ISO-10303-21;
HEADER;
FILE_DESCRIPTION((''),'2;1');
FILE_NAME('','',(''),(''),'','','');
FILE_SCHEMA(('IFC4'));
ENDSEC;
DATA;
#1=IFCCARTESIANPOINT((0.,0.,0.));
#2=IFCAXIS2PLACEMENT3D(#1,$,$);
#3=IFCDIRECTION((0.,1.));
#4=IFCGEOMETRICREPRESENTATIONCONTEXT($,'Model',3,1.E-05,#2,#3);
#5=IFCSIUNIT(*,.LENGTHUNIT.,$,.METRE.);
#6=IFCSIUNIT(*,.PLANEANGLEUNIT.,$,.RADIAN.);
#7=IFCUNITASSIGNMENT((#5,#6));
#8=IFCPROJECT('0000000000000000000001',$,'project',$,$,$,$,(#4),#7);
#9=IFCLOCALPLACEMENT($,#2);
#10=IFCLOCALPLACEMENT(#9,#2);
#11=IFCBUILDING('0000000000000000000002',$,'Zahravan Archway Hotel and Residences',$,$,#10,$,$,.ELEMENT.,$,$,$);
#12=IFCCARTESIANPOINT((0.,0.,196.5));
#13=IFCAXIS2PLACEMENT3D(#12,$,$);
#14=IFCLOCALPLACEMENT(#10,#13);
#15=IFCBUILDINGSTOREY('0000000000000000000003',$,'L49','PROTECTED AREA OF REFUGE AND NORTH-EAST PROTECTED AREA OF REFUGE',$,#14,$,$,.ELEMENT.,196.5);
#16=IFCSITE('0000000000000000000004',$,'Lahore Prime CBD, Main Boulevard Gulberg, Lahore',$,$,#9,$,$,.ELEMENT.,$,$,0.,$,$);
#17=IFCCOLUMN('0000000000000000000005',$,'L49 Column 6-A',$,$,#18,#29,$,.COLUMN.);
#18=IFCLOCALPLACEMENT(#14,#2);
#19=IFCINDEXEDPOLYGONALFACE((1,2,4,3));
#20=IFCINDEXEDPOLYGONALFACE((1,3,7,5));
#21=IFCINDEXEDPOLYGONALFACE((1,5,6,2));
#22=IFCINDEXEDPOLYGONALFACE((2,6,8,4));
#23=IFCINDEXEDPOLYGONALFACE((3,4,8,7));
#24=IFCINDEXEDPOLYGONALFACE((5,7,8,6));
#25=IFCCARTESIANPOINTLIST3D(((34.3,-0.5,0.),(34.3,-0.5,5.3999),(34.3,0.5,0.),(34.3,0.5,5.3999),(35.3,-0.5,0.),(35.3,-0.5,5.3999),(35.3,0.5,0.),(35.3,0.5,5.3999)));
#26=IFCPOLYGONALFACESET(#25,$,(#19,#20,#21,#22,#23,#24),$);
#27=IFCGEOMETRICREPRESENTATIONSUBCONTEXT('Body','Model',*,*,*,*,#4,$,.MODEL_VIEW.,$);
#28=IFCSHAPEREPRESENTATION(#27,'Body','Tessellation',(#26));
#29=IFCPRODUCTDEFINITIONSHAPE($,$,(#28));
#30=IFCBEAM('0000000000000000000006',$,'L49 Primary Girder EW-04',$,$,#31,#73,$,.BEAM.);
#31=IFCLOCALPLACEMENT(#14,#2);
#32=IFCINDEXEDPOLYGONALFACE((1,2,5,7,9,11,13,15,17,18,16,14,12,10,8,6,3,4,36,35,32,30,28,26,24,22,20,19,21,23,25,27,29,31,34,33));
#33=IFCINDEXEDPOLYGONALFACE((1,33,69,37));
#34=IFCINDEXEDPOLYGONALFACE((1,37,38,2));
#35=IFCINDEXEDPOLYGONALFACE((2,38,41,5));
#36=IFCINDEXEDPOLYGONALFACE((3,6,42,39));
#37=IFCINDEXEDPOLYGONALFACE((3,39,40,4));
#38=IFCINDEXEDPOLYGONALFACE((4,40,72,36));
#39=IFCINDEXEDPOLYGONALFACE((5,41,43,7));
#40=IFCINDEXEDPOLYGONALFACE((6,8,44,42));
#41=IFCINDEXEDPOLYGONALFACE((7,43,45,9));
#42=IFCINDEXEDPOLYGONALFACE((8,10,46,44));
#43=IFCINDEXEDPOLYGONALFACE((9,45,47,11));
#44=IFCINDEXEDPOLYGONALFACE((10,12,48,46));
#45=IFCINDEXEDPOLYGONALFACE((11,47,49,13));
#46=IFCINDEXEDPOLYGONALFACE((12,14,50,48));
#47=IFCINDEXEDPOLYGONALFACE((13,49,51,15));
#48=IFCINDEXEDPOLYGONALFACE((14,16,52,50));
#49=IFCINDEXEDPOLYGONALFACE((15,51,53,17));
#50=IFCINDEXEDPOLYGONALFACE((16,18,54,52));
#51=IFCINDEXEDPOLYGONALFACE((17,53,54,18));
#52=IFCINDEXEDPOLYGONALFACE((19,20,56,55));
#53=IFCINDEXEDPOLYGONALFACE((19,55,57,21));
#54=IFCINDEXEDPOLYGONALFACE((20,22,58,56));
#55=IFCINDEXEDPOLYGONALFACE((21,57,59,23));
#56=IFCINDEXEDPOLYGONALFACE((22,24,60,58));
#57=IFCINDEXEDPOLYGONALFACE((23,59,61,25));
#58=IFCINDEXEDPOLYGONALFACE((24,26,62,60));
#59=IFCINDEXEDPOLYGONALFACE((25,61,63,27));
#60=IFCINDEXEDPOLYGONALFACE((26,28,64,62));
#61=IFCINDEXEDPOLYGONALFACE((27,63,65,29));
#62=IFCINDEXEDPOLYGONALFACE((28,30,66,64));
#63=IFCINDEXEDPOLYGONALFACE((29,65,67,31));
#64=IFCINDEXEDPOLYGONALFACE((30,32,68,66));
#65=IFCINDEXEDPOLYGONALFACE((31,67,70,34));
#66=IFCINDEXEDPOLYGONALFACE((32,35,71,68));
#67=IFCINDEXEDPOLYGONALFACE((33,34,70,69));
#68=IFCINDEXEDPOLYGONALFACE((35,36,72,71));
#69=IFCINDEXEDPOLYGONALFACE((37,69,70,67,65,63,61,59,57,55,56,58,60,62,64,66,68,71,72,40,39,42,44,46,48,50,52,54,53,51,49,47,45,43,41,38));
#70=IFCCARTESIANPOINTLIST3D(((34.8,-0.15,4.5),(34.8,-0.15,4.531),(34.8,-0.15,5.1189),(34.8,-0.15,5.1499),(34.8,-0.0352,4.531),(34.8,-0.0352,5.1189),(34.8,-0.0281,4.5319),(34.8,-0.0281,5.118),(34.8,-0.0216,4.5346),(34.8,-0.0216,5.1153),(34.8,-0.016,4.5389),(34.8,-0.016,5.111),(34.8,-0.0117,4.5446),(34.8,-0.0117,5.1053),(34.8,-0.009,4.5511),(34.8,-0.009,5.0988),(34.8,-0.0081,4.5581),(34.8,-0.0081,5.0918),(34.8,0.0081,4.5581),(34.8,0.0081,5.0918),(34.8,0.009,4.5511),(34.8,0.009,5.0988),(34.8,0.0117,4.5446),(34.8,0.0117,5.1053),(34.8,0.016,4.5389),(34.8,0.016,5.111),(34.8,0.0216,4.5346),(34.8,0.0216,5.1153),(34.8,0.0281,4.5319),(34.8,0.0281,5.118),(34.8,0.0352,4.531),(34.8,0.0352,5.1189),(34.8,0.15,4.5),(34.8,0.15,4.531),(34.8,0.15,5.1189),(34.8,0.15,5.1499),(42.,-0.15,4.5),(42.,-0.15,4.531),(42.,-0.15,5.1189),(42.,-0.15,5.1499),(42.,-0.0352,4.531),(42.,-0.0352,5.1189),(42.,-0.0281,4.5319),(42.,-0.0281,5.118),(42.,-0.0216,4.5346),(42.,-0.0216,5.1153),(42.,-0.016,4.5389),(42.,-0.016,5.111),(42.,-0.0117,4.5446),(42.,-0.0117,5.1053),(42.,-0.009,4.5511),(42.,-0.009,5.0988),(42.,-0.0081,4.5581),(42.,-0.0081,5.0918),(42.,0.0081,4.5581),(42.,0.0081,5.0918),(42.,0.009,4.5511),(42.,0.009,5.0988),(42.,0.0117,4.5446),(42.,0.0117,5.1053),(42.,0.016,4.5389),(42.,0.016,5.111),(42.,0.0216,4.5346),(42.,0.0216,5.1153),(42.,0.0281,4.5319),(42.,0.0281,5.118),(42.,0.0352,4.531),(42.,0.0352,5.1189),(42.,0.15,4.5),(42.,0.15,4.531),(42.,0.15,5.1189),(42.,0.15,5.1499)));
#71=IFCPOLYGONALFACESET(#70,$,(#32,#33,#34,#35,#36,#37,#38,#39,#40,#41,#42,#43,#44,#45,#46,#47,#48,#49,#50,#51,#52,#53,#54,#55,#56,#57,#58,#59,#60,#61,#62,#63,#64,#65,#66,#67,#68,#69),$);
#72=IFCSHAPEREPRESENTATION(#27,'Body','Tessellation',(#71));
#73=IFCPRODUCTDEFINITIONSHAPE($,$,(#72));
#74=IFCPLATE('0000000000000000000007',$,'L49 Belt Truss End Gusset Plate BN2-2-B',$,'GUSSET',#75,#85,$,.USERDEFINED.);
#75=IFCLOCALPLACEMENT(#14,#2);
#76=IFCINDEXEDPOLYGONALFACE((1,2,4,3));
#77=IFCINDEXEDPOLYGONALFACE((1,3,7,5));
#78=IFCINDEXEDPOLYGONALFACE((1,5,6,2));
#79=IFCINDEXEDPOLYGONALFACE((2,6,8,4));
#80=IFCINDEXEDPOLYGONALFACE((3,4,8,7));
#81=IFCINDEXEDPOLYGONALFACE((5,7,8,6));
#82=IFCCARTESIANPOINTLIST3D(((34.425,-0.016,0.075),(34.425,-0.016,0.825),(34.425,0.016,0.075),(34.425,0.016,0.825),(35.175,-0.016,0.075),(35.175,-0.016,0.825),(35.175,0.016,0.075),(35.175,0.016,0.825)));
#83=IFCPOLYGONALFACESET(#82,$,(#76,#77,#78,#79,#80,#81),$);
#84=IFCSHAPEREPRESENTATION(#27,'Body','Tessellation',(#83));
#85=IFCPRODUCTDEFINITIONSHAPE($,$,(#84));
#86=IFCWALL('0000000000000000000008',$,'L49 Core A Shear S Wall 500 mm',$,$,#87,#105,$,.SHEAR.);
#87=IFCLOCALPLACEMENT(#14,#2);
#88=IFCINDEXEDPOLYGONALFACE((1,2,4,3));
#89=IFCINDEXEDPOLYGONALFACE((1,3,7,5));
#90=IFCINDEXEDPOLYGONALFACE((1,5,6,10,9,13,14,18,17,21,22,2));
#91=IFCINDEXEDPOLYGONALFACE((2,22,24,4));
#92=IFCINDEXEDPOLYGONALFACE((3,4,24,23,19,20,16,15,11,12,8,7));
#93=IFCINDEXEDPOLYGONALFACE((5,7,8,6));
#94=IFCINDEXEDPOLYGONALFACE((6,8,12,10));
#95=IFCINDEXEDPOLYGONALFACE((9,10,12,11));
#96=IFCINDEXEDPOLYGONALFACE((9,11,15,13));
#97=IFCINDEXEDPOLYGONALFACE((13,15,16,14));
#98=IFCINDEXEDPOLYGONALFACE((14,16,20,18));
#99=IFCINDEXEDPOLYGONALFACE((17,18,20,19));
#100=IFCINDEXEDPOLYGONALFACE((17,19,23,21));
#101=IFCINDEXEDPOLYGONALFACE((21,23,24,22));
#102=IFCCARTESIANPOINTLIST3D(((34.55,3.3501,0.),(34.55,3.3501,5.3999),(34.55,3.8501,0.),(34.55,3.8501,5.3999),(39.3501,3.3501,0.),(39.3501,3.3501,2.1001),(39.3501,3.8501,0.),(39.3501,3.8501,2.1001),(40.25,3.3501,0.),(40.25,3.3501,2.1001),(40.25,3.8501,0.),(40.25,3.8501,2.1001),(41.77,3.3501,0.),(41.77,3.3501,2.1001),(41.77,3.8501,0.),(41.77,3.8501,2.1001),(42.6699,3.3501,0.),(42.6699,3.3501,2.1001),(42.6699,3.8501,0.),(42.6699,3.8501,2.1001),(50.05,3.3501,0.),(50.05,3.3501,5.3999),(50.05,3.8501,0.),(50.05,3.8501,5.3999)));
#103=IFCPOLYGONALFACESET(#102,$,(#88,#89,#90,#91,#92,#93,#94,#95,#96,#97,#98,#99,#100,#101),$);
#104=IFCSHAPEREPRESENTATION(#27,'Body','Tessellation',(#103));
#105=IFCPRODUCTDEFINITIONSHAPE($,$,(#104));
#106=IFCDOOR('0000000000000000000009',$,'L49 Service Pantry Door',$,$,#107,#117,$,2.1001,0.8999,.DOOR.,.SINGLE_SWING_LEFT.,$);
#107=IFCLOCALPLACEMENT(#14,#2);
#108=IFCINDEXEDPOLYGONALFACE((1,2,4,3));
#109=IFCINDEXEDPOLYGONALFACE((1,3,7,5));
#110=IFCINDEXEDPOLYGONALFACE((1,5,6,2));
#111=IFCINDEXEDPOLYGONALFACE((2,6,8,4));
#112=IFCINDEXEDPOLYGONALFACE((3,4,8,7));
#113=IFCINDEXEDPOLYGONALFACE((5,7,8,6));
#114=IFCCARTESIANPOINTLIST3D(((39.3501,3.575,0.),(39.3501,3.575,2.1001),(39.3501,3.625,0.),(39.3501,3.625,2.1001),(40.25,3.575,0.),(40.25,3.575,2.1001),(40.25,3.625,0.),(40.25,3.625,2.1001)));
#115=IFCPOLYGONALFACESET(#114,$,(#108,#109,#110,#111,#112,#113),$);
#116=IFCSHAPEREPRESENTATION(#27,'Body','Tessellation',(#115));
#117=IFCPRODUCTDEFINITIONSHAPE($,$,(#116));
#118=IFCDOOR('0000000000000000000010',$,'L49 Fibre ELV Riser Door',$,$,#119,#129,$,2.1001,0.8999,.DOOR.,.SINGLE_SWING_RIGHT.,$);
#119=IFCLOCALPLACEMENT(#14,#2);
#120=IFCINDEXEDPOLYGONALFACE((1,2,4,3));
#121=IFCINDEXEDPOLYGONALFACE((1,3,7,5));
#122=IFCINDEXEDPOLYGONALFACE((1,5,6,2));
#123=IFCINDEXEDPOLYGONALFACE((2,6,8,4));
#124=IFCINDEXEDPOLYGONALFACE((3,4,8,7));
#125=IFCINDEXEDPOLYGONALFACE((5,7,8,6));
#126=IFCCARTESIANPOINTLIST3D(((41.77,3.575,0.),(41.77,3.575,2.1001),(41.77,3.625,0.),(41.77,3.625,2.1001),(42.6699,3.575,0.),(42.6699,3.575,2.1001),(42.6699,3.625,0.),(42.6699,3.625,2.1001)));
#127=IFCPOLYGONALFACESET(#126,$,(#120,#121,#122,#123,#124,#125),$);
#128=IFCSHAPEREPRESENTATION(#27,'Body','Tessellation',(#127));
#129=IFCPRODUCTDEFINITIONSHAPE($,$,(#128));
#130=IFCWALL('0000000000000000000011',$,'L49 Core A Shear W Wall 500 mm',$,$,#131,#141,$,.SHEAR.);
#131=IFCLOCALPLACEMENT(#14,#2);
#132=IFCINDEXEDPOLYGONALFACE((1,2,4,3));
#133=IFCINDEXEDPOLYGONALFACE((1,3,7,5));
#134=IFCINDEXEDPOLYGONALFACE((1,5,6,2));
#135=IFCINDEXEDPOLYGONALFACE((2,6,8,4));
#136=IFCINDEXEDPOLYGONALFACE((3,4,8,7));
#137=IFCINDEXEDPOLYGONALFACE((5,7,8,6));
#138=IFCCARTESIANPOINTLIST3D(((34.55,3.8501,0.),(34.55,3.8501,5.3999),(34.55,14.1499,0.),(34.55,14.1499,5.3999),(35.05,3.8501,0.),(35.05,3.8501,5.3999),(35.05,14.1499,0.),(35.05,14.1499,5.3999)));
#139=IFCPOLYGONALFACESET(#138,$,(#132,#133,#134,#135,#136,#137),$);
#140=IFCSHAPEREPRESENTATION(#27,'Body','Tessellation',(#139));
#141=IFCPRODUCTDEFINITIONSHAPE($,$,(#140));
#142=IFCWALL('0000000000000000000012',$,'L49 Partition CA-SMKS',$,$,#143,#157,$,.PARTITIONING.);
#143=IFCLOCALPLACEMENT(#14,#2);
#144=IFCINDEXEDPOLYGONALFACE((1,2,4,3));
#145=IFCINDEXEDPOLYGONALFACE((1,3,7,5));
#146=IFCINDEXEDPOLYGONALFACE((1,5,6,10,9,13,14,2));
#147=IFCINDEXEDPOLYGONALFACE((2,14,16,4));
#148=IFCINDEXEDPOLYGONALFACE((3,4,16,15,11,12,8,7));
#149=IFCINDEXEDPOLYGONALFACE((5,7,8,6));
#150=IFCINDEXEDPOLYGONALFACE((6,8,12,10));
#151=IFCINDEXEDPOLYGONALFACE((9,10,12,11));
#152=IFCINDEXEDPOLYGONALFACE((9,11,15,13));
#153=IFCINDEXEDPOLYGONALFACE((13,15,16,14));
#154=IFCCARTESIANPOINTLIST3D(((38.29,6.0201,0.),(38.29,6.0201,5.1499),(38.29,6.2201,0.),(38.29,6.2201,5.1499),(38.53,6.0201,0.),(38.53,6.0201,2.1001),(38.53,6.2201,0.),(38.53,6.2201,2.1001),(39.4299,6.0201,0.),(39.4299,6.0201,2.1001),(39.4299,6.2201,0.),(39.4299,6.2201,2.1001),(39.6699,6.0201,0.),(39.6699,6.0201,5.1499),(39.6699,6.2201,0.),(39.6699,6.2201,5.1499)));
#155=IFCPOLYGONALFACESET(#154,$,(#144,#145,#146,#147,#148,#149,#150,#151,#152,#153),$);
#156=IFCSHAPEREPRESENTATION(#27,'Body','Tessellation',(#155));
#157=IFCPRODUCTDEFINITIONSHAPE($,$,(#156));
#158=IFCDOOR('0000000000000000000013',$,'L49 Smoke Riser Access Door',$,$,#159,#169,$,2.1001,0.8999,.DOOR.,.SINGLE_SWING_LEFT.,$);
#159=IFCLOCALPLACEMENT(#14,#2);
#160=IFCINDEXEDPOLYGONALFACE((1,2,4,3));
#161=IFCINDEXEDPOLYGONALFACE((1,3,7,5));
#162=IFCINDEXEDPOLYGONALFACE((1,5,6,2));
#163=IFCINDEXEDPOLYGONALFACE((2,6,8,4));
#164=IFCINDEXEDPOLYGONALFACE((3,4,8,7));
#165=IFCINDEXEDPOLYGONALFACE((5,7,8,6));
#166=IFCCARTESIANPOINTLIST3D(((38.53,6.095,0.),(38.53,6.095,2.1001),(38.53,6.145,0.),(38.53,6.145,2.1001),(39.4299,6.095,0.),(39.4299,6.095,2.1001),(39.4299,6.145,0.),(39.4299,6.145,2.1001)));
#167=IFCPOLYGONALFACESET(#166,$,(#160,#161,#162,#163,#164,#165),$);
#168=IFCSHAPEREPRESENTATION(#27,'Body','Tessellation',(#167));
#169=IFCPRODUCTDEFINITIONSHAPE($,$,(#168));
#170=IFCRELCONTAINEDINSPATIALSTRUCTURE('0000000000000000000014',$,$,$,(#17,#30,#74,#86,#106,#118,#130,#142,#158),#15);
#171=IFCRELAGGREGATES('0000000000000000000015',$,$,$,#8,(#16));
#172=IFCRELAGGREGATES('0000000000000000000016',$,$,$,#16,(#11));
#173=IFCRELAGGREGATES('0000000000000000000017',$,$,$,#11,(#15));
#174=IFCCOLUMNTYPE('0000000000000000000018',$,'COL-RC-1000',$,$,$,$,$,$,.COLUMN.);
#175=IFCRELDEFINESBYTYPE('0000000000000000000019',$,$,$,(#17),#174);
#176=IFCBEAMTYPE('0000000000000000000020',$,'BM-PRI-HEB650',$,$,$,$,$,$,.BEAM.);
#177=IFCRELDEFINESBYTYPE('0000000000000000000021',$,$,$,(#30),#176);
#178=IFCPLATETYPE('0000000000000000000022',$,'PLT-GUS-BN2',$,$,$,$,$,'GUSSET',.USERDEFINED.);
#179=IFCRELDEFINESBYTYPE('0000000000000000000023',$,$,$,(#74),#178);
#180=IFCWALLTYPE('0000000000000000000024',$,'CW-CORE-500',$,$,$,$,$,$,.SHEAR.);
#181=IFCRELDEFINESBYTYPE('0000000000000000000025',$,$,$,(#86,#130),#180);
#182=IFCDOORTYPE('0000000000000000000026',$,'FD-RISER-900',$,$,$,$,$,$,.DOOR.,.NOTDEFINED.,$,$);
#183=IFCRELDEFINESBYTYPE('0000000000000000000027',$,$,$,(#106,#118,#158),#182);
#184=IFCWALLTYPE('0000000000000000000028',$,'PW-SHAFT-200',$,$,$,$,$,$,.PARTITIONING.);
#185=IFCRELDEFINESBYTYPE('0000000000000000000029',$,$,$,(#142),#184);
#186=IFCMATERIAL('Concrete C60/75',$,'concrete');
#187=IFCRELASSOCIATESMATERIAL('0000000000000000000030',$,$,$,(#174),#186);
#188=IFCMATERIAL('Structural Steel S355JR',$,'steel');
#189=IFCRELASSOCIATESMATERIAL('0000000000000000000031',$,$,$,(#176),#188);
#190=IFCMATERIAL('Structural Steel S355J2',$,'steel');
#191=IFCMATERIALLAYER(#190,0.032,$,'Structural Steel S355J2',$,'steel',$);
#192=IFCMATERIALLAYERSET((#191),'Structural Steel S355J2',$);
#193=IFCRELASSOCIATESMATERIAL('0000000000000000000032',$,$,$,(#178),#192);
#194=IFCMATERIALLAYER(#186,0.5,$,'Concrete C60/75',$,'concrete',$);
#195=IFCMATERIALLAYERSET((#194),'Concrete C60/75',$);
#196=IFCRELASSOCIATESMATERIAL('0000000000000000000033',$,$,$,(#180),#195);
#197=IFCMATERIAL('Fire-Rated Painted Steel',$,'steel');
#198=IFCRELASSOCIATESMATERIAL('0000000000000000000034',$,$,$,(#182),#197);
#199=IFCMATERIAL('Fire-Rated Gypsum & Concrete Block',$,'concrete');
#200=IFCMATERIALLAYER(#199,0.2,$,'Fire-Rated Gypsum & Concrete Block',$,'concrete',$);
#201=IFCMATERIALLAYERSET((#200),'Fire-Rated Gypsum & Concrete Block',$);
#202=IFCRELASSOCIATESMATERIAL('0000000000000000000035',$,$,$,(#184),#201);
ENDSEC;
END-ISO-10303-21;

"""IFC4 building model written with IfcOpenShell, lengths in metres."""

from ifc_helpers import new_model, si_unit, direction, frame, frame_2d, origin, origin_2d, place, context, subcontext, project, spatial, rectangle, i_section, extrude, source, transform, mapped, material, layer, layer_set, material_profile, profile_set, type_object, type_shapes, element, fill, save


model = new_model("IFC4")

# Units and contexts
model_context = context("Model", 3, precision=1e-05, world=origin(), true_north=direction((0.0, 1.0)))
body_context = subcontext(model_context, "Body", "Model", "MODEL_VIEW")
ifc_project = project(units=[si_unit("LENGTHUNIT", "METRE"), si_unit("PLANEANGLEUNIT", "RADIAN")], contexts=[model_context])

# Site, building, storey
site_placement = place(None, origin())
site = spatial("IfcSite", under=ifc_project, at=site_placement, Name="Lahore Prime CBD, Main Boulevard Gulberg, Lahore", CompositionType="ELEMENT", RefElevation=0.0)
building_placement = place(site_placement, origin())
building = spatial("IfcBuilding", under=site, at=building_placement, Name="Zahravan Archway Hotel and Residences", CompositionType="ELEMENT")
storey_placement = place(building_placement, frame((0.0, 0.0, 196.5)))
storey = spatial("IfcBuildingStorey", under=building, at=storey_placement, Name="L49", Description="PROTECTED AREA OF REFUGE AND NORTH-EAST PROTECTED AREA OF REFUGE", CompositionType="ELEMENT", Elevation=196.5)

# Column
ifc_material_1 = material(Name="Concrete C60/75", Category="concrete")
ifc_material_profile_1 = material_profile(ifc_material_1, rectangle(XDim=1.0, YDim=1.0, at=origin_2d()), Name="RC-COL-1000x1000", Category="concrete")
ifc_profile_set_1 = profile_set([ifc_material_profile_1], Name="Concrete C60/75")
column_type = type_object("IfcColumnType", Name="COL-RC-1000", PredefinedType="COLUMN", material=ifc_profile_set_1)
shared_shape_1 = source(origin(), body_context, "Body", "SweptSolid", [
    extrude(rectangle(XDim=1.0, YDim=1.0, at=origin_2d()), origin(), (0.0, 0.0, 1.0), 5.3999),
])
column_placement = place(storey_placement, frame((34.8, 0.0, 0.0), z_axis=(0.0, 0.0, 1.0), x_axis=(1.0, 0.0, 0.0)))
element("IfcColumn", 1, at=column_placement, inside=storey, type_object=column_type, Name="L49 Column 6-A", PredefinedType="COLUMN", context=body_context, shape_type="MappedRepresentation", body=[
    mapped(shared_shape_1, transform((0.0, 0.0, 0.0), scale=1.0)),
])

# Beam
ifc_material_2 = material(Name="Structural Steel S355JR", Category="steel")
ifc_material_profile_2 = material_profile(ifc_material_2, i_section(OverallWidth=0.3, OverallDepth=0.6499, WebThickness=0.0161, FlangeThickness=0.031, FilletRadius=0.0271, at=origin_2d()), Name="HEB 650", Category="steel")
ifc_profile_set_2 = profile_set([ifc_material_profile_2], Name="Structural Steel S355JR")
beam_type = type_object("IfcBeamType", Name="BM-PRI-HEB650", PredefinedType="BEAM", material=ifc_profile_set_2)
shared_shape_2 = source(origin(), body_context, "Body", "SweptSolid", [
    extrude(i_section(OverallWidth=0.3, OverallDepth=0.6499, WebThickness=0.0161, FlangeThickness=0.031, FilletRadius=0.0271, at=origin_2d()), origin(), (0.0, 0.0, 1.0), 7.2),
])
beam_placement = place(storey_placement, frame((34.8, 0.0, 4.825), z_axis=(1.0, 0.0, 0.0), x_axis=(0.0, 1.0, 0.0)))
element("IfcBeam", 2, at=beam_placement, inside=storey, type_object=beam_type, Name="L49 Primary Girder EW-04", PredefinedType="BEAM", context=body_context, shape_type="MappedRepresentation", body=[
    mapped(shared_shape_2, transform((0.0, 0.0, 0.0), scale=1.0)),
])

# Plate
ifc_material_3 = material(Name="Structural Steel S355J2", Category="steel")
ifc_layer_1 = layer(ifc_material_3, 0.032, Name="Structural Steel S355J2", Category="steel")
ifc_layer_set_1 = layer_set([ifc_layer_1], Name="Structural Steel S355J2")
plate_type = type_object("IfcPlateType", Name="PLT-GUS-BN2", ElementType="GUSSET", PredefinedType="USERDEFINED", material=ifc_layer_set_1)
shared_shape_3 = source(origin(), body_context, "Body", "SweptSolid", [
    extrude(rectangle(XDim=0.75, YDim=0.032, at=origin_2d()), origin(), (0.0, 0.0, 1.0), 0.75),
])
type_shapes(plate_type, [shared_shape_3])
plate_placement = place(storey_placement, frame((34.8, 0.0, 0.075), z_axis=(0.0, 0.0, 1.0), x_axis=(1.0, 0.0, 0.0)))
element("IfcPlate", 3, at=plate_placement, inside=storey, type_object=plate_type, Name="L49 Belt Truss End Gusset Plate BN2-2-B", ObjectType="GUSSET", PredefinedType="USERDEFINED", context=body_context, shape_type="MappedRepresentation", body=[
    mapped(shared_shape_3, transform((0.0, 0.0, 0.0), scale=1.0)),
])

# Wall, openings, doors
ifc_layer_2 = layer(ifc_material_1, 0.5, Name="Concrete C60/75", Category="concrete")
ifc_layer_set_2 = layer_set([ifc_layer_2], Name="Concrete C60/75")
wall_type_1 = type_object("IfcWallType", Name="CW-CORE-500", PredefinedType="SHEAR", material=ifc_layer_set_2)
wall_1_placement = place(storey_placement, frame((34.55, 3.6001, 0.0), z_axis=(0.0, 0.0, 1.0), x_axis=(1.0, 0.0, 0.0)))
wall_1 = element("IfcWall", 4, at=wall_1_placement, inside=storey, type_object=wall_type_1, Name="L49 Core A Shear S Wall 500 mm", PredefinedType="SHEAR", context=body_context, shape_type="SweptSolid", body=[
    extrude(rectangle(XDim=15.5, YDim=0.5, at=frame_2d((7.75, 0.0))), origin(), (0.0, 0.0, 1.0), 5.3999),
])
opening_1_placement = place(wall_1_placement, frame((4.8, 0.0, 0.0)))
opening_1 = element("IfcOpeningElement", 5, at=opening_1_placement, cuts=wall_1, PredefinedType="OPENING", context=body_context, shape_type="SweptSolid", body=[
    extrude(rectangle(XDim=0.8999, YDim=2.1001, at=frame_2d((0.45, 1.05))), frame((0.0, 0.26, 0.0), z_axis=(0.0, -1.0, 0.0), x_axis=(1.0, 0.0, 0.0)), (0.0, 0.0, 1.0), 0.52),
])
opening_2_placement = place(wall_1_placement, frame((7.22, 0.0, 0.0)))
opening_2 = element("IfcOpeningElement", 6, at=opening_2_placement, cuts=wall_1, PredefinedType="OPENING", context=body_context, shape_type="SweptSolid", body=[
    extrude(rectangle(XDim=0.8999, YDim=2.1001, at=frame_2d((0.45, 1.05))), frame((0.0, 0.26, 0.0), z_axis=(0.0, -1.0, 0.0), x_axis=(1.0, 0.0, 0.0)), (0.0, 0.0, 1.0), 0.52),
])
ifc_material_4 = material(Name="Fire-Rated Painted Steel", Category="steel")
door_type = type_object("IfcDoorType", Name="FD-RISER-900", OperationType="NOTDEFINED", PredefinedType="DOOR", material=ifc_material_4)
shared_shape_4 = source(origin(), body_context, "Body", "SweptSolid", [
    extrude(rectangle(XDim=0.8999, YDim=2.1001, at=frame_2d((0.45, 1.05))), frame((0.0, 0.0249, 0.0), z_axis=(0.0, -1.0, 0.0), x_axis=(1.0, 0.0, 0.0)), (0.0, 0.0, 1.0), 0.05),
])
type_shapes(door_type, [shared_shape_4])
door_1_placement = place(opening_1_placement, origin())
door_1 = element("IfcDoor", 7, at=door_1_placement, inside=storey, type_object=door_type, Name="L49 Service Pantry Door", OperationType="SINGLE_SWING_LEFT", OverallHeight=2.1001, OverallWidth=0.8999, PredefinedType="DOOR", context=body_context, shape_type="MappedRepresentation", body=[
    mapped(shared_shape_4, transform((0.0, 0.0, 0.0), scale=1.0)),
])
fill(opening_1, door_1)
door_2_placement = place(opening_2_placement, origin())
door_2 = element("IfcDoor", 8, at=door_2_placement, inside=storey, type_object=door_type, Name="L49 Fibre ELV Riser Door", OperationType="SINGLE_SWING_RIGHT", OverallHeight=2.1001, OverallWidth=0.8999, PredefinedType="DOOR", context=body_context, shape_type="MappedRepresentation", body=[
    mapped(shared_shape_4, transform((0.0, 0.0, 0.0), scale=1.0)),
])
fill(opening_2, door_2)

# Wall
wall_2_placement = place(storey_placement, frame((34.8, 3.8501, 0.0), z_axis=(0.0, 0.0, 1.0), x_axis=(0.0, 1.0, 0.0)))
element("IfcWall", 9, at=wall_2_placement, inside=storey, type_object=wall_type_1, Name="L49 Core A Shear W Wall 500 mm", PredefinedType="SHEAR", context=body_context, shape_type="SweptSolid", body=[
    extrude(rectangle(XDim=10.2998, YDim=0.5, at=frame_2d((5.1499, 0.0))), origin(), (0.0, 0.0, 1.0), 5.3999),
])

# Wall, opening, door
ifc_material_5 = material(Name="Fire-Rated Gypsum & Concrete Block", Category="concrete")
ifc_layer_3 = layer(ifc_material_5, 0.2, Name="Fire-Rated Gypsum & Concrete Block", Category="concrete")
ifc_layer_set_3 = layer_set([ifc_layer_3], Name="Fire-Rated Gypsum & Concrete Block")
wall_type_2 = type_object("IfcWallType", Name="PW-SHAFT-200", PredefinedType="PARTITIONING", material=ifc_layer_set_3)
wall_3_placement = place(storey_placement, frame((38.29, 6.1201, 0.0), z_axis=(0.0, 0.0, 1.0), x_axis=(1.0, 0.0, 0.0)))
wall_3 = element("IfcWall", 10, at=wall_3_placement, inside=storey, type_object=wall_type_2, Name="L49 Partition CA-SMKS", PredefinedType="PARTITIONING", context=body_context, shape_type="SweptSolid", body=[
    extrude(rectangle(XDim=1.3799, YDim=0.2, at=frame_2d((0.6899, 0.0))), origin(), (0.0, 0.0, 1.0), 5.1499),
])
opening_3_placement = place(wall_3_placement, frame((0.24, 0.0, 0.0)))
opening_3 = element("IfcOpeningElement", 11, at=opening_3_placement, cuts=wall_3, PredefinedType="OPENING", context=body_context, shape_type="SweptSolid", body=[
    extrude(rectangle(XDim=0.8999, YDim=2.1001, at=frame_2d((0.45, 1.05))), frame((0.0, 0.1099, 0.0), z_axis=(0.0, -1.0, 0.0), x_axis=(1.0, 0.0, 0.0)), (0.0, 0.0, 1.0), 0.22),
])
door_3_placement = place(opening_3_placement, origin())
door_3 = element("IfcDoor", 12, at=door_3_placement, inside=storey, type_object=door_type, Name="L49 Smoke Riser Access Door", OperationType="SINGLE_SWING_LEFT", OverallHeight=2.1001, OverallWidth=0.8999, PredefinedType="DOOR", context=body_context, shape_type="MappedRepresentation", body=[
    mapped(shared_shape_4, transform((0.0, 0.0, 0.0), scale=1.0)),
])
fill(opening_3, door_3)

save(model, "model.ifc")
